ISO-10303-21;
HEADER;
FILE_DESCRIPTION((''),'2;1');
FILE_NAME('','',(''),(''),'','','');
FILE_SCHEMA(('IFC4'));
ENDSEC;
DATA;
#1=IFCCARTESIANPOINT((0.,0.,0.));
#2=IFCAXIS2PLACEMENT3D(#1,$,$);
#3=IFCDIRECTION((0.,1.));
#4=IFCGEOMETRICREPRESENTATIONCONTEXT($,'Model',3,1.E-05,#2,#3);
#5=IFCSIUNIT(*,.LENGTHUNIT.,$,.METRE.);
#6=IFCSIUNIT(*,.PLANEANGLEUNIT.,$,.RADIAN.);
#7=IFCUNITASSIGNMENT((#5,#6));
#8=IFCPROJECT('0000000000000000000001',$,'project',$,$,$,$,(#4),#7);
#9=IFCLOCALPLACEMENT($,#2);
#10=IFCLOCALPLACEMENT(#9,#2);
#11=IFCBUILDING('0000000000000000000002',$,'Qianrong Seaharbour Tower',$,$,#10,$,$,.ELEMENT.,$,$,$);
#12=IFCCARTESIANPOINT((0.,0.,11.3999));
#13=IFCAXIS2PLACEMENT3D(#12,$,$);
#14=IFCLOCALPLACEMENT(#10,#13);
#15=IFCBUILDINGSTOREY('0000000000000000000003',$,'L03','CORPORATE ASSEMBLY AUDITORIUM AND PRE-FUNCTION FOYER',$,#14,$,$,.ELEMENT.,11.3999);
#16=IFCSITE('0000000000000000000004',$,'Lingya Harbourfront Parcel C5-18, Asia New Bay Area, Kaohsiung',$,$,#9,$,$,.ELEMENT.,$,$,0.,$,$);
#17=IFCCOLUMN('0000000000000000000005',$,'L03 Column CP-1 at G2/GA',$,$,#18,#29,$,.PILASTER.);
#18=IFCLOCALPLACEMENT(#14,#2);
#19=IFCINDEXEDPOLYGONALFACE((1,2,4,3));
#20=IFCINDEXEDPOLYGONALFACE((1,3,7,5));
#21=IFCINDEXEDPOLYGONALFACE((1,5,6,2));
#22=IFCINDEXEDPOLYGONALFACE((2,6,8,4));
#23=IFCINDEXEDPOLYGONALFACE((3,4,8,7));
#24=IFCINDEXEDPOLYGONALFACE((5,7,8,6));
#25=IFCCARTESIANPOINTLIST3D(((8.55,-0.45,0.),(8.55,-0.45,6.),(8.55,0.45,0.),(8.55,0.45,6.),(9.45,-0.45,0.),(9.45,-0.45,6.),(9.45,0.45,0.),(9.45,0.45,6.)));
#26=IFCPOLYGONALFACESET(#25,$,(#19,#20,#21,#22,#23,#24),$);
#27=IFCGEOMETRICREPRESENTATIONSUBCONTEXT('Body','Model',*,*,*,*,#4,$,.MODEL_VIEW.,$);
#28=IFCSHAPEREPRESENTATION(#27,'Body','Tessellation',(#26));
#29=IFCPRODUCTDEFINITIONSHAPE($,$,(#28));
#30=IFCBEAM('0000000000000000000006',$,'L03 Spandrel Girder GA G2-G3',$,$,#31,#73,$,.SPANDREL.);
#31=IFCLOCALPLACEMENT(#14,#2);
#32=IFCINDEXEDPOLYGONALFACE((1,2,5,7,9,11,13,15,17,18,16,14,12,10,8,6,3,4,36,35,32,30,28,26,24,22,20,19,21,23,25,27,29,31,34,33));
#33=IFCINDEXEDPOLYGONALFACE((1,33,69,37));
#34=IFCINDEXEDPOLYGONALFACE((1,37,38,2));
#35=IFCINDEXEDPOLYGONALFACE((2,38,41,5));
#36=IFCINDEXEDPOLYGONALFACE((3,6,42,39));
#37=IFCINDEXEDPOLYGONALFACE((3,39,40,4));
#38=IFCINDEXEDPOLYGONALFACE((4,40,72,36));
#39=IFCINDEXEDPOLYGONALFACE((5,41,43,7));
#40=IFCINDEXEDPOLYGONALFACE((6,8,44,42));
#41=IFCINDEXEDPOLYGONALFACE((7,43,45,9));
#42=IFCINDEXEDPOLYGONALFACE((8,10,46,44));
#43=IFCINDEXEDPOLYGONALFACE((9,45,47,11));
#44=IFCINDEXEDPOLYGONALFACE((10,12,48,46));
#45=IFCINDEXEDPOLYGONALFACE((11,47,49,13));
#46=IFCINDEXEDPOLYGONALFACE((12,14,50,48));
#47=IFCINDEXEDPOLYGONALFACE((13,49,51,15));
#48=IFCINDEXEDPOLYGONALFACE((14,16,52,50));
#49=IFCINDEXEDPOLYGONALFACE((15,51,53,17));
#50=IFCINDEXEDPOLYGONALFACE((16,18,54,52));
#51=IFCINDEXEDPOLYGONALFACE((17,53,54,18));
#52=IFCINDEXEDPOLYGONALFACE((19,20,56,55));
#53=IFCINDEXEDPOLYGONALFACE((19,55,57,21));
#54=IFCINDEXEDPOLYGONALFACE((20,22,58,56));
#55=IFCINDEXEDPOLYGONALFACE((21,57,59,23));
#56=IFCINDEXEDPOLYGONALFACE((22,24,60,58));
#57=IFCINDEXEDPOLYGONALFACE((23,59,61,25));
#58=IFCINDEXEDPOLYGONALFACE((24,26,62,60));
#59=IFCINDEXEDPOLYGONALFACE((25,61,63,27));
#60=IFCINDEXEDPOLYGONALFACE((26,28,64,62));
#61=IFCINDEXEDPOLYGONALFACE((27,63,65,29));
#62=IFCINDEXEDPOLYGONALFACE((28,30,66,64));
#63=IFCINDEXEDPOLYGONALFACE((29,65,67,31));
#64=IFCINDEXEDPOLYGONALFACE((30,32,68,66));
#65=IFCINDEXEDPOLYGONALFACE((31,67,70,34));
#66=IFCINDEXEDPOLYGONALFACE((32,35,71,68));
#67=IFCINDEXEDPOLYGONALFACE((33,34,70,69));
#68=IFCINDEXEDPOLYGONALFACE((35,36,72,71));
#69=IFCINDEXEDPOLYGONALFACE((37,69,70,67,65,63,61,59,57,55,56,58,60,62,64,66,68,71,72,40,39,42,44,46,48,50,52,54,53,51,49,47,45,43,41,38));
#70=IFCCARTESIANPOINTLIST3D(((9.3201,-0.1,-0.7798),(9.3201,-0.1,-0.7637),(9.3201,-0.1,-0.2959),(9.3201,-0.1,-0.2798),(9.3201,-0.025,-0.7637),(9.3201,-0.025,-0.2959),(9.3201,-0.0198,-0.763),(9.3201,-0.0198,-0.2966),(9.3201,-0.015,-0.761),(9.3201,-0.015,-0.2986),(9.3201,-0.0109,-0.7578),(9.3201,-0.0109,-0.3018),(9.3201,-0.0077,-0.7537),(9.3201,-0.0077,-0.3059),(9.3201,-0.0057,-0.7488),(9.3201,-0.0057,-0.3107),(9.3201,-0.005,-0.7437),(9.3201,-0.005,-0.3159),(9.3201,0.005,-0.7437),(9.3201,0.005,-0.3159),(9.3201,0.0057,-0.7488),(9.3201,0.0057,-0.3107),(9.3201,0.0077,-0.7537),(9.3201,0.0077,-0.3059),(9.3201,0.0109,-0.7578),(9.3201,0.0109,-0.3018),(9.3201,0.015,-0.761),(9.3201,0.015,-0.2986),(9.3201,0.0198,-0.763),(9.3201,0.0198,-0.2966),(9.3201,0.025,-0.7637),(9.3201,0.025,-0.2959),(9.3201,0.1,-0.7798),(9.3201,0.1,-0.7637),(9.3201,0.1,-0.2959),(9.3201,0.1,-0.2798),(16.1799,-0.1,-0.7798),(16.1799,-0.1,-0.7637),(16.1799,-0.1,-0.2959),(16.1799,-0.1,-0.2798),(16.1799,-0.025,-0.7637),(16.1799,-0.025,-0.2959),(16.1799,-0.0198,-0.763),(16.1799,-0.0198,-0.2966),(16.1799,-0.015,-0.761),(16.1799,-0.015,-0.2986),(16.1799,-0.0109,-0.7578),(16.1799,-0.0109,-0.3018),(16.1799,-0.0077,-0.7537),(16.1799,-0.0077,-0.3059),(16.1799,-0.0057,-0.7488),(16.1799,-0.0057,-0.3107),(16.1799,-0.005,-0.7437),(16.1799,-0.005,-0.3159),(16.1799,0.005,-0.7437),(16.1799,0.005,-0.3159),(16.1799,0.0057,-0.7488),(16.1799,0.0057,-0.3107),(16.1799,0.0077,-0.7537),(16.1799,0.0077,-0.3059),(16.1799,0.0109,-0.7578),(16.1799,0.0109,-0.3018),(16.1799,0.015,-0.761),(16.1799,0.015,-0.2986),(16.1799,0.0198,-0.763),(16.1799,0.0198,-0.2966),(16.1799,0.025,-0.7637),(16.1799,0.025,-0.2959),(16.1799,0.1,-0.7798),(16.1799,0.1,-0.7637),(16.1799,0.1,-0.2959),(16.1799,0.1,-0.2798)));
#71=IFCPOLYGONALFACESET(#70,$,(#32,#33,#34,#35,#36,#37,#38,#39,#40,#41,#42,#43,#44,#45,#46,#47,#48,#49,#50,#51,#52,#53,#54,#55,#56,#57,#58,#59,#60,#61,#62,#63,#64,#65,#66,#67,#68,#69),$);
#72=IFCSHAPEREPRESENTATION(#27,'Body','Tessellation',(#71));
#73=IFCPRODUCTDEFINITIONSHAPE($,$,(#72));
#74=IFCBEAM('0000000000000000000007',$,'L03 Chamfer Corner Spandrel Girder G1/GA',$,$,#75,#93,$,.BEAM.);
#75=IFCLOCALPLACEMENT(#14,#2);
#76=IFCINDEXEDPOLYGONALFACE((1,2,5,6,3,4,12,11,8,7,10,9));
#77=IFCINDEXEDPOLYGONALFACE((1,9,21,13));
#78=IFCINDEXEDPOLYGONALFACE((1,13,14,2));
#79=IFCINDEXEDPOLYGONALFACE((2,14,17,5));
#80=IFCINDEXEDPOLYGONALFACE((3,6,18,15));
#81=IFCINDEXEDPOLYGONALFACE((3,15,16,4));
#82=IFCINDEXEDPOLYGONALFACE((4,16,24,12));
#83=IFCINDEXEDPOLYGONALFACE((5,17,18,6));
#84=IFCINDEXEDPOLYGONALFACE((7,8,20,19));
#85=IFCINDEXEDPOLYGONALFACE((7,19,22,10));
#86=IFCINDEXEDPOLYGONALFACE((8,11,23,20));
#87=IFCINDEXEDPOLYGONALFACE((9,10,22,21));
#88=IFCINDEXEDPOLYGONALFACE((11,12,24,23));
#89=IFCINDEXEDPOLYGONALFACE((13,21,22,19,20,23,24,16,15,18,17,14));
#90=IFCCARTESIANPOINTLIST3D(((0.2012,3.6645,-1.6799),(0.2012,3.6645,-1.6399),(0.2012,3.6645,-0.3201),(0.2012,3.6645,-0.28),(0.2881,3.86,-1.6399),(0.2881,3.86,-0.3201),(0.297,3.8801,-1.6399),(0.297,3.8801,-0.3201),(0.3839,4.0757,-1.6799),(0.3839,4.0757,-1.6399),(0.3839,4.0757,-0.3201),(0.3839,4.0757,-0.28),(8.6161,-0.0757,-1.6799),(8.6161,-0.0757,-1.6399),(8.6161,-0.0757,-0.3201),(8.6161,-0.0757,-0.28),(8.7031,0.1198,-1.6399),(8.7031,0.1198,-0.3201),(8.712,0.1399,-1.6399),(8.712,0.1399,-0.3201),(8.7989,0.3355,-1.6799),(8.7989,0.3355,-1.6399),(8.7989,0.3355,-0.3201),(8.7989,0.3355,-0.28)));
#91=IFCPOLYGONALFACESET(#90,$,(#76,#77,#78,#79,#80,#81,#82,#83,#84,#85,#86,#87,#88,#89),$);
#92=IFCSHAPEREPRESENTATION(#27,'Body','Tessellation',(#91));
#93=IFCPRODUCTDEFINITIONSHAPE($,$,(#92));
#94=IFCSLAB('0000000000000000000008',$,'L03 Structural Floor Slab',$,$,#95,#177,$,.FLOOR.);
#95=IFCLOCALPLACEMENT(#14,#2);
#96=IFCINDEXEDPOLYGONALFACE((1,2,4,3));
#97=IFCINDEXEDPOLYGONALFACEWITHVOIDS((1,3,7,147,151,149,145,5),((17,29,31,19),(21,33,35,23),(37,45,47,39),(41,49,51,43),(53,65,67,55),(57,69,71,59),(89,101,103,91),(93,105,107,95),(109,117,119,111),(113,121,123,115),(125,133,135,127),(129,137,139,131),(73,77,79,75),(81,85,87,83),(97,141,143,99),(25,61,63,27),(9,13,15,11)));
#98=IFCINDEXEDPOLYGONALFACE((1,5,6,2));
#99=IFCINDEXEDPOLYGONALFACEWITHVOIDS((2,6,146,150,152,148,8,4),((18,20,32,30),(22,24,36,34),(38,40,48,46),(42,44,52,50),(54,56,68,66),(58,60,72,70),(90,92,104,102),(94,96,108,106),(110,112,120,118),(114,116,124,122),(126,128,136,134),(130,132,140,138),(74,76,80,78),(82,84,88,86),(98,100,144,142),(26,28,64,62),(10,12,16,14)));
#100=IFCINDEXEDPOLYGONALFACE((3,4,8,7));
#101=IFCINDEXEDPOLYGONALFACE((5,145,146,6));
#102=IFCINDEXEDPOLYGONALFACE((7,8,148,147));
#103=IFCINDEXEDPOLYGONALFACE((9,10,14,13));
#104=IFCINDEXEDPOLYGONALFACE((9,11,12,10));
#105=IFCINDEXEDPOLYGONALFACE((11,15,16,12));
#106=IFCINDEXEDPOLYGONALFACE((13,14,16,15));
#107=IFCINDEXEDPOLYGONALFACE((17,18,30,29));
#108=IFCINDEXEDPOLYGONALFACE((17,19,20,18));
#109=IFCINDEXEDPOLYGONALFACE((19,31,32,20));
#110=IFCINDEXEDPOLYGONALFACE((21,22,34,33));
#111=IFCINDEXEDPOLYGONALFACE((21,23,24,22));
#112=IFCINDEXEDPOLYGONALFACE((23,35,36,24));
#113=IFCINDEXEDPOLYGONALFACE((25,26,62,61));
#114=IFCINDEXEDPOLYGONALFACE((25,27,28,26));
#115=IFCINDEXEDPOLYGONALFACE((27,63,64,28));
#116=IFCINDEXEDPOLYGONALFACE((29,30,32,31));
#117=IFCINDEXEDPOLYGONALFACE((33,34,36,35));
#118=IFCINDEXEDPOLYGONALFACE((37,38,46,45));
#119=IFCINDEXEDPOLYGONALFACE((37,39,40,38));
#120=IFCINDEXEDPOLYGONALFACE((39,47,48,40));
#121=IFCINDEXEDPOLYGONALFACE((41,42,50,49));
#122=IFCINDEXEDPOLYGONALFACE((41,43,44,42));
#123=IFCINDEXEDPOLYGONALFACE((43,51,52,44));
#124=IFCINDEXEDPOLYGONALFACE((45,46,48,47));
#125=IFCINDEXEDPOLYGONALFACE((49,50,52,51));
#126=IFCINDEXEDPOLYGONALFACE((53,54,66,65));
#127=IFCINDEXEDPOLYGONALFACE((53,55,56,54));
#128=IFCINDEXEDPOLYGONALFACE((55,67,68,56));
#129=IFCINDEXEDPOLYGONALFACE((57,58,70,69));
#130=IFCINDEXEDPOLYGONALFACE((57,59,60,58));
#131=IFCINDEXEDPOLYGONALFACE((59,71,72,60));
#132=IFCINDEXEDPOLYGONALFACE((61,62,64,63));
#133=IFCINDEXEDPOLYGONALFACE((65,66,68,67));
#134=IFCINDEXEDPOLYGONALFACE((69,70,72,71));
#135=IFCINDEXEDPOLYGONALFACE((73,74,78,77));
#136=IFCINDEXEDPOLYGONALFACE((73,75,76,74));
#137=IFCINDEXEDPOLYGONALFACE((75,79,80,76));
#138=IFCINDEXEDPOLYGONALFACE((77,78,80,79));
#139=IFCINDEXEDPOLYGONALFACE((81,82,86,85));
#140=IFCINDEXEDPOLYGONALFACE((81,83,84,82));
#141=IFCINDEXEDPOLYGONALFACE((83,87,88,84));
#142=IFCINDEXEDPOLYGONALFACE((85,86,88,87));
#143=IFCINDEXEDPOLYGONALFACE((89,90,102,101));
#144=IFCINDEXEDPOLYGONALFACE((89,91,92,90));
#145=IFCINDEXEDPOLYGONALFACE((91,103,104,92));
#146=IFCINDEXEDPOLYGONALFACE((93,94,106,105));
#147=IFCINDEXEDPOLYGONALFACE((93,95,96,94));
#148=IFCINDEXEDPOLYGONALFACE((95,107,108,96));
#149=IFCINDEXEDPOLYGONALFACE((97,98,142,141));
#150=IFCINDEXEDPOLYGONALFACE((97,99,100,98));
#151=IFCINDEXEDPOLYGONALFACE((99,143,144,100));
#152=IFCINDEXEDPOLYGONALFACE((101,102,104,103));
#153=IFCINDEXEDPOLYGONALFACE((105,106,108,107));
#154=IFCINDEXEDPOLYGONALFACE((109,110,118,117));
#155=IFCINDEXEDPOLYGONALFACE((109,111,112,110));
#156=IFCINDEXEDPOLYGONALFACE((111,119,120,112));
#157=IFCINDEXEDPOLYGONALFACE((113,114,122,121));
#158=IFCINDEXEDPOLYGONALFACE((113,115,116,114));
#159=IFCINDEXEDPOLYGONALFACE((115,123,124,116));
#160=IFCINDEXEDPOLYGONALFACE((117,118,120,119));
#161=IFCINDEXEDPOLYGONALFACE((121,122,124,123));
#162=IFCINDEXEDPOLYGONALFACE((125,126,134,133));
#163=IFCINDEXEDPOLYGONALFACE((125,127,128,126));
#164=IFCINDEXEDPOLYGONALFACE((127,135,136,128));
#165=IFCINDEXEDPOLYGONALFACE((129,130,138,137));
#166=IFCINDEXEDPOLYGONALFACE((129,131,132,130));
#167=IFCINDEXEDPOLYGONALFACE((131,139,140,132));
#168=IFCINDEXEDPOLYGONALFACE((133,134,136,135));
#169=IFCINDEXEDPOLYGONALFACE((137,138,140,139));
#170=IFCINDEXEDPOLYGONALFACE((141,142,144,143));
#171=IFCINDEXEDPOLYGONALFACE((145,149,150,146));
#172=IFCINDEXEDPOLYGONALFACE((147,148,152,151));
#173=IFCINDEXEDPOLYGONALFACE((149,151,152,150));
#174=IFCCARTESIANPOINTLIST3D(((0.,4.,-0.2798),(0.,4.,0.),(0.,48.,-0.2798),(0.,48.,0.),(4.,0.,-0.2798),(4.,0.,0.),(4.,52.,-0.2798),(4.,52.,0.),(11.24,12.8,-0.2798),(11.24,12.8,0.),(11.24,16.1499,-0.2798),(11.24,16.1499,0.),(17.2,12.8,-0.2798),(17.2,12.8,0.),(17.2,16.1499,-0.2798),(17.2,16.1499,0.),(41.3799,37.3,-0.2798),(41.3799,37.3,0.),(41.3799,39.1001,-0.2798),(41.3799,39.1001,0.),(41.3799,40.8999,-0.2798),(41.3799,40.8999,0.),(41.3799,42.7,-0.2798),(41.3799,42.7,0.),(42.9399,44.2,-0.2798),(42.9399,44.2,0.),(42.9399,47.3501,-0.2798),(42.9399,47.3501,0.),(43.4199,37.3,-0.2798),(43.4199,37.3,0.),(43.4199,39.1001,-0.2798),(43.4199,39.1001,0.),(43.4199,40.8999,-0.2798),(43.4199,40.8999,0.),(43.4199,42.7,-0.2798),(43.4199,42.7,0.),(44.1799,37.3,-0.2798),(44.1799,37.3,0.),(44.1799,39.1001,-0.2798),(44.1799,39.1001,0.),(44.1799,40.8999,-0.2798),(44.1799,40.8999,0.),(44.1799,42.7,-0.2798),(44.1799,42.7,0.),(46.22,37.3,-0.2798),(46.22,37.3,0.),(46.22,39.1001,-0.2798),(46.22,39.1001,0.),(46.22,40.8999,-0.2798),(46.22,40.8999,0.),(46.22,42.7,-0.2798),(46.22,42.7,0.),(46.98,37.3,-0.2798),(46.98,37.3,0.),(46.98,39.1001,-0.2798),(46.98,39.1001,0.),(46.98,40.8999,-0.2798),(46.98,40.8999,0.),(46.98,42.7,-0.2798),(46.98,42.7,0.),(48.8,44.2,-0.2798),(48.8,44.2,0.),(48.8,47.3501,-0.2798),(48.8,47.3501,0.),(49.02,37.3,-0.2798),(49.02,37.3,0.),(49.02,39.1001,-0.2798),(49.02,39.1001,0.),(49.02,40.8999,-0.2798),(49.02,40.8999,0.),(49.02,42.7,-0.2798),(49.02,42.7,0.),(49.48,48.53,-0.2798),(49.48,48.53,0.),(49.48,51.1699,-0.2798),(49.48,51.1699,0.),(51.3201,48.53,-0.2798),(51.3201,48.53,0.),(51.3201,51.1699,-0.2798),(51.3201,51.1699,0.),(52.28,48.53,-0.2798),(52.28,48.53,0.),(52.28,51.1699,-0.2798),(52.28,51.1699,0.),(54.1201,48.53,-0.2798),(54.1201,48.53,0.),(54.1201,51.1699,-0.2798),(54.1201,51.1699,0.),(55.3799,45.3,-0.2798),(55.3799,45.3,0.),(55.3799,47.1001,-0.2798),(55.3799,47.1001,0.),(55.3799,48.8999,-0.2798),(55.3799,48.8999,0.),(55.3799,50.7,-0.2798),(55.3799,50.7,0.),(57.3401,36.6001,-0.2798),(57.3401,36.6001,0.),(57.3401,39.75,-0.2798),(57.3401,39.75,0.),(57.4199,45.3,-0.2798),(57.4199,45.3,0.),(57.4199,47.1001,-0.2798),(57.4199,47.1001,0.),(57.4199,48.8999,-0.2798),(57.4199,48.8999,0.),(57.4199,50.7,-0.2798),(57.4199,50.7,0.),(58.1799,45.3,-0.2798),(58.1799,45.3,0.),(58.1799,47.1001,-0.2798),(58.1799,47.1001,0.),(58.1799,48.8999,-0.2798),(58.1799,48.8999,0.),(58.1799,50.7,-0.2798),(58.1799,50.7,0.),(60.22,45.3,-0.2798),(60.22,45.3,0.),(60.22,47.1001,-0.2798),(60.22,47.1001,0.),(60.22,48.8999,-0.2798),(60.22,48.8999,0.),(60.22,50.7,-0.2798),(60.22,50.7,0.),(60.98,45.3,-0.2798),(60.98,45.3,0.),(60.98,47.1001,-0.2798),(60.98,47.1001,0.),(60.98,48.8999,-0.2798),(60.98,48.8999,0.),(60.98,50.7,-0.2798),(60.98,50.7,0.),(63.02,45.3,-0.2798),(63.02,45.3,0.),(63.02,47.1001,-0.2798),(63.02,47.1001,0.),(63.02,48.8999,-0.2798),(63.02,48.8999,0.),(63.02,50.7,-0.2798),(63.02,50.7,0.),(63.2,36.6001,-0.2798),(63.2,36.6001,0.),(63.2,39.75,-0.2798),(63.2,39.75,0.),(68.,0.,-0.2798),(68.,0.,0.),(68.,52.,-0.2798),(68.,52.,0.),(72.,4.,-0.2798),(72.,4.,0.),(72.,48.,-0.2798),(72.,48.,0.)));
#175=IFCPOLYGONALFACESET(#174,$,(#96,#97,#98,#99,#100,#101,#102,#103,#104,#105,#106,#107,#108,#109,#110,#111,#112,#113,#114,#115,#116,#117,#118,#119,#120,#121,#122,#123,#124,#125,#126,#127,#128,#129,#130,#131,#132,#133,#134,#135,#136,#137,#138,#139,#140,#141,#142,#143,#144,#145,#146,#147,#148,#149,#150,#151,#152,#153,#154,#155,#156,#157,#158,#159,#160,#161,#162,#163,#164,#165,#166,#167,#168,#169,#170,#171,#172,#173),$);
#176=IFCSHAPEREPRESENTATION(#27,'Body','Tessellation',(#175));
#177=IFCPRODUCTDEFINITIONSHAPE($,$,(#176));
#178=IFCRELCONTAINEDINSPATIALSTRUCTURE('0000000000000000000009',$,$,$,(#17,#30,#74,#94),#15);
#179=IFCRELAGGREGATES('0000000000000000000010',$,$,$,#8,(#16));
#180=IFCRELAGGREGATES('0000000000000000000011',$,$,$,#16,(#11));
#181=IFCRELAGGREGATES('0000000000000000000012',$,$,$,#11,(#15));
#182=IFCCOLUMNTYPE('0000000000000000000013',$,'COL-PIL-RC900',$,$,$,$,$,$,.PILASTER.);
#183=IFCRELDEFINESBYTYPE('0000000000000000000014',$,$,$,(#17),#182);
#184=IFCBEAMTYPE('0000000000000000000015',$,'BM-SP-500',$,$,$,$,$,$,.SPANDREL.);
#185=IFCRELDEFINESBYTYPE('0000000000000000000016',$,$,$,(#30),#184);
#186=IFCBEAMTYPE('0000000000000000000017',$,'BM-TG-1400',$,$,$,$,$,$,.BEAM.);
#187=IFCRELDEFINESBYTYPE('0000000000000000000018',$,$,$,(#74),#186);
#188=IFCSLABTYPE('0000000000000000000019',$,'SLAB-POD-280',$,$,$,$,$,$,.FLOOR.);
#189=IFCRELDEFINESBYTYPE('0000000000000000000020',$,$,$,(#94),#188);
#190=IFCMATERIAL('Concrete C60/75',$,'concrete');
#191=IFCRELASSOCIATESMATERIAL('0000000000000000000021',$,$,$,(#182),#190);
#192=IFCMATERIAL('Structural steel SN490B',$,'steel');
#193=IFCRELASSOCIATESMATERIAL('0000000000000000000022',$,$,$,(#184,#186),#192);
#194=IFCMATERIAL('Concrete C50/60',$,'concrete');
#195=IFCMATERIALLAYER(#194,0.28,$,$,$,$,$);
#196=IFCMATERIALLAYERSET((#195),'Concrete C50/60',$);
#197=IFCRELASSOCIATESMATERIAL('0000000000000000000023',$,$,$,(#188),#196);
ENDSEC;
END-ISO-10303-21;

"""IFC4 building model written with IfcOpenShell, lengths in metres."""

from ifc_helpers import new_model, si_unit, direction, frame, origin, origin_2d, place, context, subcontext, project, spatial, polyline, rectangle, i_section, outline, extrude, material, layer, layer_set, material_profile, profile_set, type_object, element, save


model = new_model("IFC4")

# Units and contexts
model_context = context("Model", 3, precision=1e-05, world=origin(), true_north=direction((0.0, 1.0)))
body_context = subcontext(model_context, "Body", "Model", "MODEL_VIEW")
ifc_project = project(units=[si_unit("LENGTHUNIT", "METRE"), si_unit("PLANEANGLEUNIT", "RADIAN")], contexts=[model_context])

# Site, building, storey
site_placement = place(None, origin())
site = spatial("IfcSite", under=ifc_project, at=site_placement, Name="Lingya Harbourfront Parcel C5-18, Asia New Bay Area, Kaohsiung", CompositionType="ELEMENT", RefElevation=0.0)
building_placement = place(site_placement, origin())
building = spatial("IfcBuilding", under=site, at=building_placement, Name="Qianrong Seaharbour Tower", CompositionType="ELEMENT")
storey_placement = place(building_placement, frame((0.0, 0.0, 11.3999)))
storey = spatial("IfcBuildingStorey", under=building, at=storey_placement, Name="L03", Description="CORPORATE ASSEMBLY AUDITORIUM AND PRE-FUNCTION FOYER", CompositionType="ELEMENT", Elevation=11.3999)

# Column
ifc_material_1 = material(Name="Concrete C60/75", Category="concrete")
ifc_material_profile_1 = material_profile(ifc_material_1, rectangle(XDim=0.8999, YDim=0.8999, at=origin_2d()), Name="RC900x900")
ifc_profile_set_1 = profile_set([ifc_material_profile_1], Name="Concrete C60/75")
column_type = type_object("IfcColumnType", Name="COL-PIL-RC900", PredefinedType="PILASTER", material=ifc_profile_set_1)
column_placement = place(storey_placement, frame((9.0, 0.0, 0.0), z_axis=(0.0, 0.0, 1.0), x_axis=(1.0, 0.0, 0.0)))
element("IfcColumn", 1, at=column_placement, inside=storey, type_object=column_type, Name="L03 Column CP-1 at G2/GA", PredefinedType="PILASTER", context=body_context, shape_type="SweptSolid", body=[
    extrude(rectangle(XDim=0.8999, YDim=0.8999, at=origin_2d()), origin(), (0.0, 0.0, 1.0), 6.0),
])

# Beams
ifc_material_2 = material(Name="Structural steel SN490B", Category="steel")
ifc_material_profile_2 = material_profile(ifc_material_2, i_section(OverallWidth=0.2, OverallDepth=0.5, WebThickness=0.01, FlangeThickness=0.0161, FilletRadius=0.02, at=origin_2d()), Name="H500x200x10x16")
ifc_profile_set_2 = profile_set([ifc_material_profile_2], Name="Structural steel SN490B")
beam_type_1 = type_object("IfcBeamType", Name="BM-SP-500", PredefinedType="SPANDREL", material=ifc_profile_set_2)
beam_1_placement = place(storey_placement, frame((9.3201, 0.0, -0.5298), z_axis=(1.0, 0.0, 0.0), x_axis=(0.0, 1.0, 0.0)))
element("IfcBeam", 2, at=beam_1_placement, inside=storey, type_object=beam_type_1, Name="L03 Spandrel Girder GA G2-G3", PredefinedType="SPANDREL", context=body_context, shape_type="SweptSolid", body=[
    extrude(i_section(OverallWidth=0.2, OverallDepth=0.5, WebThickness=0.01, FlangeThickness=0.0161, FilletRadius=0.02, at=origin_2d()), origin(), (0.0, 0.0, 1.0), 6.8599),
])
ifc_material_profile_3 = material_profile(ifc_material_2, i_section(OverallWidth=0.45, OverallDepth=1.3999, WebThickness=0.022, FlangeThickness=0.04, at=origin_2d()), Name="BH1400x450x22x40")
ifc_profile_set_3 = profile_set([ifc_material_profile_3], Name="Structural steel SN490B")
beam_type_2 = type_object("IfcBeamType", Name="BM-TG-1400", PredefinedType="BEAM", material=ifc_profile_set_3)
beam_2_placement = place(storey_placement, frame((8.7075, 0.1299, -0.98), z_axis=(-0.913803, 0.406158, 0.0), x_axis=(-0.406158, -0.913803, 0.0)))
element("IfcBeam", 3, at=beam_2_placement, inside=storey, type_object=beam_type_2, Name="L03 Chamfer Corner Spandrel Girder G1/GA", PredefinedType="BEAM", context=body_context, shape_type="SweptSolid", body=[
    extrude(i_section(OverallWidth=0.45, OverallDepth=1.3999, WebThickness=0.022, FlangeThickness=0.04, at=origin_2d()), origin(), (0.0, 0.0, 1.0), 9.2087),
])

# Slab
ifc_material_3 = material(Name="Concrete C50/60", Category="concrete")
ifc_layer_1 = layer(ifc_material_3, 0.28)
ifc_layer_set_1 = layer_set([ifc_layer_1], Name="Concrete C50/60")
slab_type_1 = type_object("IfcSlabType", Name="SLAB-POD-280", PredefinedType="FLOOR", material=ifc_layer_set_1)
slab_1_placement = place(storey_placement, frame((0.0, 0.0, -0.2798)))
element("IfcSlab", 4, at=slab_1_placement, inside=storey, type_object=slab_type_1, Name="L03 Structural Floor Slab", PredefinedType="FLOOR", context=body_context, shape_type="SweptSolid", body=[
    extrude(outline(polyline([(4.0, 0.0), (68.0, 0.0), (72.0, 4.0), (72.0, 48.0), (68.0, 52.0), (4.0, 52.0), (0.0, 48.0), (0.0, 4.0), (4.0, 0.0)]), holes=[polyline([(42.9399, 44.2), (42.9399, 47.3501), (48.8, 47.3501), (48.8, 44.2), (42.9399, 44.2)]), polyline([(57.3401, 36.6001), (57.3401, 39.75), (63.2, 39.75), (63.2, 36.6001), (57.3401, 36.6001)]), polyline([(11.24, 12.8), (11.24, 16.1499), (17.2, 16.1499), (17.2, 12.8), (11.24, 12.8)]), polyline([(49.48, 48.53), (49.48, 51.1699), (51.3201, 51.1699), (51.3201, 48.53), (49.48, 48.53)]), polyline([(52.28, 48.53), (52.28, 51.1699), (54.1201, 51.1699), (54.1201, 48.53), (52.28, 48.53)]), polyline([(41.3799, 37.3), (41.3799, 39.1001), (43.4199, 39.1001), (43.4199, 37.3), (41.3799, 37.3)]), polyline([(44.1799, 37.3), (44.1799, 39.1001), (46.22, 39.1001), (46.22, 37.3), (44.1799, 37.3)]), polyline([(46.98, 37.3), (46.98, 39.1001), (49.02, 39.1001), (49.02, 37.3), (46.98, 37.3)]), polyline([(41.3799, 40.8999), (41.3799, 42.7), (43.4199, 42.7), (43.4199, 40.8999), (41.3799, 40.8999)]), polyline([(44.1799, 40.8999), (44.1799, 42.7), (46.22, 42.7), (46.22, 40.8999), (44.1799, 40.8999)]), polyline([(46.98, 40.8999), (46.98, 42.7), (49.02, 42.7), (49.02, 40.8999), (46.98, 40.8999)]), polyline([(55.3799, 45.3), (55.3799, 47.1001), (57.4199, 47.1001), (57.4199, 45.3), (55.3799, 45.3)]), polyline([(58.1799, 45.3), (58.1799, 47.1001), (60.22, 47.1001), (60.22, 45.3), (58.1799, 45.3)]), polyline([(60.98, 45.3), (60.98, 47.1001), (63.02, 47.1001), (63.02, 45.3), (60.98, 45.3)]), polyline([(55.3799, 48.8999), (55.3799, 50.7), (57.4199, 50.7), (57.4199, 48.8999), (55.3799, 48.8999)]), polyline([(58.1799, 48.8999), (58.1799, 50.7), (60.22, 50.7), (60.22, 48.8999), (58.1799, 48.8999)]), polyline([(60.98, 48.8999), (60.98, 50.7), (63.02, 50.7), (63.02, 48.8999), (60.98, 48.8999)])]), origin(), (0.0, 0.0, 1.0), 0.2798),
])

save(model, "model.ifc")
